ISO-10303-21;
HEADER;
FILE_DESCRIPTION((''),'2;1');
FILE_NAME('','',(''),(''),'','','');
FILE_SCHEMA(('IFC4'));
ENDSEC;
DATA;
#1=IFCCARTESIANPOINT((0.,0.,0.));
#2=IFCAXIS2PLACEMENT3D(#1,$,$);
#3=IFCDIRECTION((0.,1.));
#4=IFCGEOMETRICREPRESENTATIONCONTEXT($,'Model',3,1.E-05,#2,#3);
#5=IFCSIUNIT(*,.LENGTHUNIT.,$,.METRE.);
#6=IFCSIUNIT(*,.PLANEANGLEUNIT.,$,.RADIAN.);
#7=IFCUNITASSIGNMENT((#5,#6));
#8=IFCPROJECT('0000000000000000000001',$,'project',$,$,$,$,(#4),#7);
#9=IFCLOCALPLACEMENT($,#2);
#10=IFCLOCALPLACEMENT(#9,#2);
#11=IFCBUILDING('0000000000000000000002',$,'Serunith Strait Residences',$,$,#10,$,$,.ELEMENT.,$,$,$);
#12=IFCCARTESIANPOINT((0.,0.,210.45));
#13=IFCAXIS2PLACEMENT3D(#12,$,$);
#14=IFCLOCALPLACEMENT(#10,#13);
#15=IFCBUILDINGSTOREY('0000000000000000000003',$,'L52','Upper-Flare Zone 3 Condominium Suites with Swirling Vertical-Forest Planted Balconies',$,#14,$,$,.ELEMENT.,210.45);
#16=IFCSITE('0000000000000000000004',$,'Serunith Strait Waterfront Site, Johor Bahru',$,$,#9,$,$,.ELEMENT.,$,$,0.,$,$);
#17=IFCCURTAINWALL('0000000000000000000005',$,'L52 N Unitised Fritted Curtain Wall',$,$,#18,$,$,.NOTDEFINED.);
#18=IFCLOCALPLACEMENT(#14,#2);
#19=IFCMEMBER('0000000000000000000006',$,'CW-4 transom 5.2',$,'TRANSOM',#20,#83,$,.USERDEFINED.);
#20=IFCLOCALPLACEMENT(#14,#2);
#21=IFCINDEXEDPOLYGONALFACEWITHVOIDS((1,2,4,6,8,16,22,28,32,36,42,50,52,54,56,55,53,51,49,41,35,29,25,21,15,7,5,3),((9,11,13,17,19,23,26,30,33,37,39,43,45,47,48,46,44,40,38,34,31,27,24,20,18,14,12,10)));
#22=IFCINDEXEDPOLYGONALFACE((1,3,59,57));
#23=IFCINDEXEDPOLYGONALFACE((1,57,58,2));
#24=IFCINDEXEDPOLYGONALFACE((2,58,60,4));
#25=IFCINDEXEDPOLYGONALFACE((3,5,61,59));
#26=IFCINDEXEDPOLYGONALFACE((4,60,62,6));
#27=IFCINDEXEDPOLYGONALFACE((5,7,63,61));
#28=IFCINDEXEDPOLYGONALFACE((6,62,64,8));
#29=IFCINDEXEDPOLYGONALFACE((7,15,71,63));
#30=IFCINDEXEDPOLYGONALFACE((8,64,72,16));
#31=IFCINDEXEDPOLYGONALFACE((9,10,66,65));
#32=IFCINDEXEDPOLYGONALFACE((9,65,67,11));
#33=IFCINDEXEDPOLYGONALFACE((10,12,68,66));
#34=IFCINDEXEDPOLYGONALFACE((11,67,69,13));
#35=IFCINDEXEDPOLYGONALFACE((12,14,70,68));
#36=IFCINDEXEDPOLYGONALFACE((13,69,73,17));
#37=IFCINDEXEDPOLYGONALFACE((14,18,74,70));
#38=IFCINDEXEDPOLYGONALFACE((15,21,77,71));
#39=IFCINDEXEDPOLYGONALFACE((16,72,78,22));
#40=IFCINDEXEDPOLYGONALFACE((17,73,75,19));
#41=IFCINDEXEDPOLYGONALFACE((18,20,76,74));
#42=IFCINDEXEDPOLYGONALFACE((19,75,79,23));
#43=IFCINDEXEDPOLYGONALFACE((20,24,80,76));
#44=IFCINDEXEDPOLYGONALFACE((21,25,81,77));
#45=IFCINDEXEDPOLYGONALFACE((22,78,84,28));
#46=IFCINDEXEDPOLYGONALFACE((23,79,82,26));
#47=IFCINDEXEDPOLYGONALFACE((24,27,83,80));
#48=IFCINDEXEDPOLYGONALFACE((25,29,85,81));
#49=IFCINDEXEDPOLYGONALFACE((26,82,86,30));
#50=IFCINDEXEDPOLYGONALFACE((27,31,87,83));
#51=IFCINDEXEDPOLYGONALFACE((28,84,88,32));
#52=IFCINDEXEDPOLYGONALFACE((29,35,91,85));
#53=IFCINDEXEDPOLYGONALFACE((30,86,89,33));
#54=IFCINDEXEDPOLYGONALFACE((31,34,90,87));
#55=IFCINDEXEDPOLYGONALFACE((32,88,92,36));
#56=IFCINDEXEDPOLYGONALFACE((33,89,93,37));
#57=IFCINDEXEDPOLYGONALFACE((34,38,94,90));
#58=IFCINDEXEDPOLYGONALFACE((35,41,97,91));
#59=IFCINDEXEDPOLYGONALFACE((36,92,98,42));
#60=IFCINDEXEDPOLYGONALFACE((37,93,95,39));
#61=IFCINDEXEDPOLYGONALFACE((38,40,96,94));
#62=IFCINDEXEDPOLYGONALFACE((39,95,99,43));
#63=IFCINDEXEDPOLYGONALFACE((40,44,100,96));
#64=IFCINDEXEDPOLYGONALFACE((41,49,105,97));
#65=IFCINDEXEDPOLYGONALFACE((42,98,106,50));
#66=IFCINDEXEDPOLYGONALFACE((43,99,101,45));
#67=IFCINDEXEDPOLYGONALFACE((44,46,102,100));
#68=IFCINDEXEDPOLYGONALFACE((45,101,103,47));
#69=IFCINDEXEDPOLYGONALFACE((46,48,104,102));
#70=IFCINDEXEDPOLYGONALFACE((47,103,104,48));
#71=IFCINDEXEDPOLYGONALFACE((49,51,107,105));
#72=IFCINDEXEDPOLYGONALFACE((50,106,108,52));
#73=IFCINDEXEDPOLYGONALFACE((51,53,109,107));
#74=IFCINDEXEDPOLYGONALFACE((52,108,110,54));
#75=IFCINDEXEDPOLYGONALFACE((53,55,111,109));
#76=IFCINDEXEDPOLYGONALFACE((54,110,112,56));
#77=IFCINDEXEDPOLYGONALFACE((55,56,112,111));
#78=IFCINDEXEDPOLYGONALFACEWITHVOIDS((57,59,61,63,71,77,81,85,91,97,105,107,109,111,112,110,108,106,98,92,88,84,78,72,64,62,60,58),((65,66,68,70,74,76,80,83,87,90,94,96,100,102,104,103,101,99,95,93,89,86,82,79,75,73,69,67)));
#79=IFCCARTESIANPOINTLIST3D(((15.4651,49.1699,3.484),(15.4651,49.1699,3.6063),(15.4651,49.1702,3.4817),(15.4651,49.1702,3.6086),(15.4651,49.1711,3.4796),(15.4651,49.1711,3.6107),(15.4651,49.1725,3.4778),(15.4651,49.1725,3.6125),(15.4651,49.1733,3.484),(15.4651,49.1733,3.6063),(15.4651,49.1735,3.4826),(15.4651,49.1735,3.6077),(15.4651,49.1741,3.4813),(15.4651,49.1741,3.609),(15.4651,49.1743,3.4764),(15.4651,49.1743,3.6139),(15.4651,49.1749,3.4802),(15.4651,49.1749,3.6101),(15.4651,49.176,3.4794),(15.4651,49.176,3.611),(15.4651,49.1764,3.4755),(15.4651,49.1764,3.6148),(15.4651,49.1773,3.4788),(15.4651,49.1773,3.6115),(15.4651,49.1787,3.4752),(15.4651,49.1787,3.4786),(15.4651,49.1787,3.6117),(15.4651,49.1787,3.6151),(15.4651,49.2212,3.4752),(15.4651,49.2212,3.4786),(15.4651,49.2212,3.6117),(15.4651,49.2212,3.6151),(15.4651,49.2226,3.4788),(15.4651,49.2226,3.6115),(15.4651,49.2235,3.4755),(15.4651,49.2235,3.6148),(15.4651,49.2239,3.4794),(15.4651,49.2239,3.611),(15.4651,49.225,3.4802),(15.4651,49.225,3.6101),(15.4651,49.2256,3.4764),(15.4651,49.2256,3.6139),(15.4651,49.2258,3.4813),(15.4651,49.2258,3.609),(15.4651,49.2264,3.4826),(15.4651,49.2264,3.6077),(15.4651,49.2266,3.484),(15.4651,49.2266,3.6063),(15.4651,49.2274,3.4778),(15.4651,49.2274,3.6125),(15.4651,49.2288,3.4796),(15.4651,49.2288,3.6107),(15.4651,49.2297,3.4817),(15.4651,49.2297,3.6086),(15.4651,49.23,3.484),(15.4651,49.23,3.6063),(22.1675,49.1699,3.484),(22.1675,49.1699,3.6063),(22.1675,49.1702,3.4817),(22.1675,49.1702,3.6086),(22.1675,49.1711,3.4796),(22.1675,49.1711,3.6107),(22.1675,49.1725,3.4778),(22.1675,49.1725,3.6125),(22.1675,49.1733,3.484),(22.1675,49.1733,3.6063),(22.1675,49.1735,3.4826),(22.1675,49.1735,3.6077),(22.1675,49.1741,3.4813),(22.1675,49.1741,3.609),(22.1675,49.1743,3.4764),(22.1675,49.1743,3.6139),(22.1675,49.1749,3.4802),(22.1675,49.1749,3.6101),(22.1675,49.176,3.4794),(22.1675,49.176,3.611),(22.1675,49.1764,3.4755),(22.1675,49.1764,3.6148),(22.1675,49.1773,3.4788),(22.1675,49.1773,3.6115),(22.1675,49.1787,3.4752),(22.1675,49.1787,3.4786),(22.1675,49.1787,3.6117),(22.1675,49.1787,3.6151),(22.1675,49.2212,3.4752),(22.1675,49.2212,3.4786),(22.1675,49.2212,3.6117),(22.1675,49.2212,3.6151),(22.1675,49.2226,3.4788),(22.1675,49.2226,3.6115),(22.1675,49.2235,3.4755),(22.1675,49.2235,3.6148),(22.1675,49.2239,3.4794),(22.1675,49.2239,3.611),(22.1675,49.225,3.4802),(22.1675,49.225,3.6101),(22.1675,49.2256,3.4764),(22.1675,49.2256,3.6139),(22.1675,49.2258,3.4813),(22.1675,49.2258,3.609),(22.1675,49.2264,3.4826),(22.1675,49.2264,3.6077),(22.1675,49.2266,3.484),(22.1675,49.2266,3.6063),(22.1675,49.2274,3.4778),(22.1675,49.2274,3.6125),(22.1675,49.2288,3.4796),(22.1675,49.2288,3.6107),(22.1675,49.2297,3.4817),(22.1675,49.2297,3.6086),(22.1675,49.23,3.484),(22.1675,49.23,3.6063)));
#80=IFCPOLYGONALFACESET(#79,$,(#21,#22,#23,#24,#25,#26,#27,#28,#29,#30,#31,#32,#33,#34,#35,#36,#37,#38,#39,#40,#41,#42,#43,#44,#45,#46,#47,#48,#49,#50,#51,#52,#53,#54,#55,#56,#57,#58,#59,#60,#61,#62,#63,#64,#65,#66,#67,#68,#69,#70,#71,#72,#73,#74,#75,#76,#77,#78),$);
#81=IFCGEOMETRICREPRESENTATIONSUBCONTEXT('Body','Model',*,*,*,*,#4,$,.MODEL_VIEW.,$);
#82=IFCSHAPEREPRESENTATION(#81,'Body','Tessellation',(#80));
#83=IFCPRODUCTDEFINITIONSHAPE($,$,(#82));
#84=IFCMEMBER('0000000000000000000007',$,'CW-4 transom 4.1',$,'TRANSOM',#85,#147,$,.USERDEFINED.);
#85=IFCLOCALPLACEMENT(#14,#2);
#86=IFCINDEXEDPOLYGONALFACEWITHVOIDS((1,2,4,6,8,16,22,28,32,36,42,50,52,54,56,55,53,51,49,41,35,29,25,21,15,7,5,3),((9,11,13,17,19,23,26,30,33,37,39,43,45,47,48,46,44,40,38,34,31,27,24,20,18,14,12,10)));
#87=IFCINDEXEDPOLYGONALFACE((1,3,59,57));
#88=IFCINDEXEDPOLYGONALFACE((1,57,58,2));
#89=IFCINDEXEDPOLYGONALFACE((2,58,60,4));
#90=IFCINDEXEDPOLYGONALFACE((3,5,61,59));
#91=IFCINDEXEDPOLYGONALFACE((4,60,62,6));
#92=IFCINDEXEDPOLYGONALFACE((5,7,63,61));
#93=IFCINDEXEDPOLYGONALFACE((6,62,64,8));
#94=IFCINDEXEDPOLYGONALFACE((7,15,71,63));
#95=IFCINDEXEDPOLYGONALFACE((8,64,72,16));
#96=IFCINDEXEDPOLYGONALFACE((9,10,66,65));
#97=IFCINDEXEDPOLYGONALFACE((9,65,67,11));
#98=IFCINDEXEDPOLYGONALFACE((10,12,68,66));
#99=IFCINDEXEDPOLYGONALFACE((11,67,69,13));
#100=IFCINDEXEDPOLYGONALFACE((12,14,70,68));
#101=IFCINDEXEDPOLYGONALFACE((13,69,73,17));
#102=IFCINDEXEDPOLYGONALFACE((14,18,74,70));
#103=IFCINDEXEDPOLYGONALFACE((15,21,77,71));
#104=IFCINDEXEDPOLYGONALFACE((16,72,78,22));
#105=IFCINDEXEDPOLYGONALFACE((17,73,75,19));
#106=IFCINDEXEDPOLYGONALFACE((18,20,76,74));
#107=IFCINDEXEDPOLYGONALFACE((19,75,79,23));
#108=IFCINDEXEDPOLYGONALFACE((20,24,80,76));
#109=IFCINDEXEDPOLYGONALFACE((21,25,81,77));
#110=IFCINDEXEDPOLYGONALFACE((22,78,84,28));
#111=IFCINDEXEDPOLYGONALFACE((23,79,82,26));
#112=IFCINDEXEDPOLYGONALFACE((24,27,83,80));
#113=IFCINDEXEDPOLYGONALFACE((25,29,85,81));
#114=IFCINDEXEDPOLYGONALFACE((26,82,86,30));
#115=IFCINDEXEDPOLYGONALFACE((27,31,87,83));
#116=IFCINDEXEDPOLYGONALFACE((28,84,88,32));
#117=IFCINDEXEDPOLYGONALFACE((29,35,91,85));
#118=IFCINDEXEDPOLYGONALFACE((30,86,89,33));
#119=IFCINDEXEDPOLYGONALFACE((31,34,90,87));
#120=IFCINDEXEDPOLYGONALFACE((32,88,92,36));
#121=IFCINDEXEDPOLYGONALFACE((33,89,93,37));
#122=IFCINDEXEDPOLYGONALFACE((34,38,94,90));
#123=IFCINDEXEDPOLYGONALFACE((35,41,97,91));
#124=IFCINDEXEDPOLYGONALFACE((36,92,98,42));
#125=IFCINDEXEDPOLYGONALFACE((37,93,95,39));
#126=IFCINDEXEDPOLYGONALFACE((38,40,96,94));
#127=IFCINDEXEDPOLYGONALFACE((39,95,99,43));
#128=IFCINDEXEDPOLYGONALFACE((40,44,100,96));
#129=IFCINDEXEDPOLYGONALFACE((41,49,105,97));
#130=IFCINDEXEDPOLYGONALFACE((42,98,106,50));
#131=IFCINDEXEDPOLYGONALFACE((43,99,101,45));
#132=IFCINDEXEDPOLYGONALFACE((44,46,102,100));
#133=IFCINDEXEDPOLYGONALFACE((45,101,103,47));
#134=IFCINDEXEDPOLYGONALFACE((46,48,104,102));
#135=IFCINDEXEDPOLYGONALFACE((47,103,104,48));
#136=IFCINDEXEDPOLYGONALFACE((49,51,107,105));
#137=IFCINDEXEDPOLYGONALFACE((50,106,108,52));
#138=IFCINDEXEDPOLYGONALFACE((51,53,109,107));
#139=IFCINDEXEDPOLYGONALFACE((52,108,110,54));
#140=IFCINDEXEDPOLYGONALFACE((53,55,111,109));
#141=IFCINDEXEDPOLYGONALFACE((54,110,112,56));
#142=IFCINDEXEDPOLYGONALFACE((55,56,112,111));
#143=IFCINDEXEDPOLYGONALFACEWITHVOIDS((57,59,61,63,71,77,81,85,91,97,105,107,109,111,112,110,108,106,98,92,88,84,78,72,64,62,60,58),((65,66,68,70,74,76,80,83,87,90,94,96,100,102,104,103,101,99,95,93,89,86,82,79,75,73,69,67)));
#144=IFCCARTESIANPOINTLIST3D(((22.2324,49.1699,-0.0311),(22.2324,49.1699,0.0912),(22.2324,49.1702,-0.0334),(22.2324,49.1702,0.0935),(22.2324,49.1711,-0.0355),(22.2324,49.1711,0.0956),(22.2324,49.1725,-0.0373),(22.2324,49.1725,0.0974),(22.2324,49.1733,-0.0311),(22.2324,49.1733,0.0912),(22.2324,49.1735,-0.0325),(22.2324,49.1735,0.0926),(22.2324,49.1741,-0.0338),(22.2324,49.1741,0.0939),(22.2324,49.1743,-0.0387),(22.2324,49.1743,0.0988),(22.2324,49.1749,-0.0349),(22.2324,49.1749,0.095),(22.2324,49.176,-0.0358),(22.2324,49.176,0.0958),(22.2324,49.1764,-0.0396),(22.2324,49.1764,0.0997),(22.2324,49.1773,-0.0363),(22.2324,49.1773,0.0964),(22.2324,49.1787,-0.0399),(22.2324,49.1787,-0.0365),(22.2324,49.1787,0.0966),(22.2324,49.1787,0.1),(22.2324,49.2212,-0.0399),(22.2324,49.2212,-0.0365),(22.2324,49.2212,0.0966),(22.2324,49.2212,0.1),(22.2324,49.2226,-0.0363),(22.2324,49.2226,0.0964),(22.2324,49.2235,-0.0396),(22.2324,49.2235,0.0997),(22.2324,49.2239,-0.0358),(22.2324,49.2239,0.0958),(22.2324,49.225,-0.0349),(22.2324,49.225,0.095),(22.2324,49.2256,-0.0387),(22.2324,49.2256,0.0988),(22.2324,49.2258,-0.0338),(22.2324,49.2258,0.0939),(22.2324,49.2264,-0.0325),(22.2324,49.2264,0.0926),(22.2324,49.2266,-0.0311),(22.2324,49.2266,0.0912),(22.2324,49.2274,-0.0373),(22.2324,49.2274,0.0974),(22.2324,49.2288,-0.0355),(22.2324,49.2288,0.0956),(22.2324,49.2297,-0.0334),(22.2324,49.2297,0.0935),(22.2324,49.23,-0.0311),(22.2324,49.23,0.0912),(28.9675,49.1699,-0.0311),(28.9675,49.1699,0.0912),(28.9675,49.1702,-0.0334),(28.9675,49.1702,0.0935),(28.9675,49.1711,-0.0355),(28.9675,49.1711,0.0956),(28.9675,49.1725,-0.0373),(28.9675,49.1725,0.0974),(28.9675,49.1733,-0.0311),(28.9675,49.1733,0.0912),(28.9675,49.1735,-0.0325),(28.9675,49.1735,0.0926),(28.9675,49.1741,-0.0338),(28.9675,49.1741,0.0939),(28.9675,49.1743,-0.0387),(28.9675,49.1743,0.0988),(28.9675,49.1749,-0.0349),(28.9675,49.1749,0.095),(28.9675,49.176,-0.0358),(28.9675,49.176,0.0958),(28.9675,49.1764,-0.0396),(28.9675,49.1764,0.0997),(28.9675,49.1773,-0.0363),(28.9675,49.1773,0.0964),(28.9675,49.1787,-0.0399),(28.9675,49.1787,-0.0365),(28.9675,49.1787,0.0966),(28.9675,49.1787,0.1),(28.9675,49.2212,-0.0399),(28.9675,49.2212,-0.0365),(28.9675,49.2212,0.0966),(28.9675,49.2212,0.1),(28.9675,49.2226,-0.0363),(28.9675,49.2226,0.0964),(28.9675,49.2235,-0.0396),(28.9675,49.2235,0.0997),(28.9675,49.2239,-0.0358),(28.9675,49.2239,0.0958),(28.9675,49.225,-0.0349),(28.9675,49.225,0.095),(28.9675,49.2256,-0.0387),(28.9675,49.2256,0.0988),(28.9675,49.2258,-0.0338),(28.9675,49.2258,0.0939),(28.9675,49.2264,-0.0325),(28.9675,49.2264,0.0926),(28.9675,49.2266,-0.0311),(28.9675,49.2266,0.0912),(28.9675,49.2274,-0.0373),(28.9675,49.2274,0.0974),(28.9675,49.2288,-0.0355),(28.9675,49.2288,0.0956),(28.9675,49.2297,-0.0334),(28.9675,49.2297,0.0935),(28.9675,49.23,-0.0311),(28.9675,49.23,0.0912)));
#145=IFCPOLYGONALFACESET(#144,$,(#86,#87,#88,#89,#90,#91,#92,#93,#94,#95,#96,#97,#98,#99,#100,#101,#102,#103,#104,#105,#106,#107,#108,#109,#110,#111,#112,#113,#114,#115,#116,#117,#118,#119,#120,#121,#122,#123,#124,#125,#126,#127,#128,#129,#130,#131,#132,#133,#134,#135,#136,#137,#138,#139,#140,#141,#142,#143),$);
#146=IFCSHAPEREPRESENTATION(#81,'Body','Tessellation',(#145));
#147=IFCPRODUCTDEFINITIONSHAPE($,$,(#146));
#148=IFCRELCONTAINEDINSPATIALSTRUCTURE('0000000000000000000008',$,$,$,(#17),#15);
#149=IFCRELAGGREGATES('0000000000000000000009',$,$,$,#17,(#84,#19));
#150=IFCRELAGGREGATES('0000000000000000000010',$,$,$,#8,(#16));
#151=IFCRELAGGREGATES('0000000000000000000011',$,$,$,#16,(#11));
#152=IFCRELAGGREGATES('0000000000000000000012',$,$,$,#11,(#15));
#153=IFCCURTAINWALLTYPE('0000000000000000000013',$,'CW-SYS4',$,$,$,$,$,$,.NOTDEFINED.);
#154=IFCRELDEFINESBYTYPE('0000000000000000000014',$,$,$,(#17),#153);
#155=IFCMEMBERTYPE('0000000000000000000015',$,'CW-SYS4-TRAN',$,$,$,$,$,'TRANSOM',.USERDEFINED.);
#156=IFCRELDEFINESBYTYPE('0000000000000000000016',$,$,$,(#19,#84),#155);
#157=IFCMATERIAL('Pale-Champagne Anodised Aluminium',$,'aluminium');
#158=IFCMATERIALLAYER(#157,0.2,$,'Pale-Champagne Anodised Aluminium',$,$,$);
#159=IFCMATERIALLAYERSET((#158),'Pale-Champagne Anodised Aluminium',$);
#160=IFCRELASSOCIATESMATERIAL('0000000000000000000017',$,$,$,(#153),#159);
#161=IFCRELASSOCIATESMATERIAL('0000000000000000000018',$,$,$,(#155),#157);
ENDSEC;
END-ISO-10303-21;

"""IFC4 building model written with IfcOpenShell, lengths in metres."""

from ifc_helpers import new_model, si_unit, direction, frame, origin, origin_2d, place, context, subcontext, project, spatial, hollow_rectangle, extrude, source, transform, mapped, material, layer, layer_set, material_profile, profile_set, type_object, element, aggregate, save


model = new_model("IFC4")

# Units and contexts
model_context = context("Model", 3, precision=1e-05, world=origin(), true_north=direction((0.0, 1.0)))
body_context = subcontext(model_context, "Body", "Model", "MODEL_VIEW")
ifc_project = project(units=[si_unit("LENGTHUNIT", "METRE"), si_unit("PLANEANGLEUNIT", "RADIAN")], contexts=[model_context])

# Site, building, storey
site_placement = place(None, origin())
site = spatial("IfcSite", under=ifc_project, at=site_placement, Name="Serunith Strait Waterfront Site, Johor Bahru", CompositionType="ELEMENT", RefElevation=0.0)
building_placement = place(site_placement, origin())
building = spatial("IfcBuilding", under=site, at=building_placement, Name="Serunith Strait Residences", CompositionType="ELEMENT")
storey_placement = place(building_placement, frame((0.0, 0.0, 210.45)))
storey = spatial("IfcBuildingStorey", under=building, at=storey_placement, Name="L52", Description="Upper-Flare Zone 3 Condominium Suites with Swirling Vertical-Forest Planted Balconies", CompositionType="ELEMENT", Elevation=210.45)

# Curtain wall, members
ifc_material_1 = material(Name="Pale-Champagne Anodised Aluminium", Category="aluminium")
ifc_layer_1 = layer(ifc_material_1, 0.2, Name="Pale-Champagne Anodised Aluminium")
ifc_layer_set_1 = layer_set([ifc_layer_1], Name="Pale-Champagne Anodised Aluminium")
curtain_wall_type = type_object("IfcCurtainWallType", Name="CW-SYS4", PredefinedType="NOTDEFINED", material=ifc_layer_set_1)
curtain_wall_placement = place(storey_placement, origin())
curtain_wall = element("IfcCurtainWall", 1, at=curtain_wall_placement, inside=storey, type_object=curtain_wall_type, Name="L52 N Unitised Fritted Curtain Wall", PredefinedType="NOTDEFINED")
ifc_material_profile_1 = material_profile(ifc_material_1, hollow_rectangle(XDim=0.0601, YDim=0.1399, WallThickness=0.0034, InnerFilletRadius=0.0054, OuterFilletRadius=0.0088, at=origin_2d()), Name="ALU 140x60x3.5")
ifc_profile_set_1 = profile_set([ifc_material_profile_1], Name="Pale-Champagne Anodised Aluminium")
member_type_1 = type_object("IfcMemberType", Name="CW-SYS4-TRAN", ElementType="TRANSOM", PredefinedType="USERDEFINED", material=ifc_profile_set_1)
shared_shape_1 = source(origin(), body_context, "Body", "SweptSolid", [
    extrude(hollow_rectangle(XDim=0.0601, YDim=0.1399, WallThickness=0.0034, InnerFilletRadius=0.0054, OuterFilletRadius=0.0088, at=origin_2d()), origin(), (0.0, 0.0, 1.0), 6.7024),
])
member_1_placement = place(storey_placement, frame((22.1675, 49.2, 3.5452), z_axis=(-1.0, 0.0, 0.0), x_axis=(0.0, -1.0, 0.0)))
member_1 = element("IfcMember", 2, at=member_1_placement, type_object=member_type_1, Name="CW-4 transom 5.2", ObjectType="TRANSOM", PredefinedType="USERDEFINED", context=body_context, shape_type="MappedRepresentation", body=[
    mapped(shared_shape_1, transform((0.0, 0.0, 0.0), scale=1.0)),
])
shared_shape_2 = source(origin(), body_context, "Body", "SweptSolid", [
    extrude(hollow_rectangle(XDim=0.0601, YDim=0.1399, WallThickness=0.0034, InnerFilletRadius=0.0054, OuterFilletRadius=0.0088, at=origin_2d()), origin(), (0.0, 0.0, 1.0), 6.7351),
])
member_2_placement = place(storey_placement, frame((28.9675, 49.2, 0.03), z_axis=(-1.0, 0.0, 0.0), x_axis=(0.0, -1.0, 0.0)))
member_2 = element("IfcMember", 3, at=member_2_placement, type_object=member_type_1, Name="CW-4 transom 4.1", ObjectType="TRANSOM", PredefinedType="USERDEFINED", context=body_context, shape_type="MappedRepresentation", body=[
    mapped(shared_shape_2, transform((0.0, 0.0, 0.0), scale=1.0)),
])
aggregate(curtain_wall, [member_2, member_1])

save(model, "model.ifc")
